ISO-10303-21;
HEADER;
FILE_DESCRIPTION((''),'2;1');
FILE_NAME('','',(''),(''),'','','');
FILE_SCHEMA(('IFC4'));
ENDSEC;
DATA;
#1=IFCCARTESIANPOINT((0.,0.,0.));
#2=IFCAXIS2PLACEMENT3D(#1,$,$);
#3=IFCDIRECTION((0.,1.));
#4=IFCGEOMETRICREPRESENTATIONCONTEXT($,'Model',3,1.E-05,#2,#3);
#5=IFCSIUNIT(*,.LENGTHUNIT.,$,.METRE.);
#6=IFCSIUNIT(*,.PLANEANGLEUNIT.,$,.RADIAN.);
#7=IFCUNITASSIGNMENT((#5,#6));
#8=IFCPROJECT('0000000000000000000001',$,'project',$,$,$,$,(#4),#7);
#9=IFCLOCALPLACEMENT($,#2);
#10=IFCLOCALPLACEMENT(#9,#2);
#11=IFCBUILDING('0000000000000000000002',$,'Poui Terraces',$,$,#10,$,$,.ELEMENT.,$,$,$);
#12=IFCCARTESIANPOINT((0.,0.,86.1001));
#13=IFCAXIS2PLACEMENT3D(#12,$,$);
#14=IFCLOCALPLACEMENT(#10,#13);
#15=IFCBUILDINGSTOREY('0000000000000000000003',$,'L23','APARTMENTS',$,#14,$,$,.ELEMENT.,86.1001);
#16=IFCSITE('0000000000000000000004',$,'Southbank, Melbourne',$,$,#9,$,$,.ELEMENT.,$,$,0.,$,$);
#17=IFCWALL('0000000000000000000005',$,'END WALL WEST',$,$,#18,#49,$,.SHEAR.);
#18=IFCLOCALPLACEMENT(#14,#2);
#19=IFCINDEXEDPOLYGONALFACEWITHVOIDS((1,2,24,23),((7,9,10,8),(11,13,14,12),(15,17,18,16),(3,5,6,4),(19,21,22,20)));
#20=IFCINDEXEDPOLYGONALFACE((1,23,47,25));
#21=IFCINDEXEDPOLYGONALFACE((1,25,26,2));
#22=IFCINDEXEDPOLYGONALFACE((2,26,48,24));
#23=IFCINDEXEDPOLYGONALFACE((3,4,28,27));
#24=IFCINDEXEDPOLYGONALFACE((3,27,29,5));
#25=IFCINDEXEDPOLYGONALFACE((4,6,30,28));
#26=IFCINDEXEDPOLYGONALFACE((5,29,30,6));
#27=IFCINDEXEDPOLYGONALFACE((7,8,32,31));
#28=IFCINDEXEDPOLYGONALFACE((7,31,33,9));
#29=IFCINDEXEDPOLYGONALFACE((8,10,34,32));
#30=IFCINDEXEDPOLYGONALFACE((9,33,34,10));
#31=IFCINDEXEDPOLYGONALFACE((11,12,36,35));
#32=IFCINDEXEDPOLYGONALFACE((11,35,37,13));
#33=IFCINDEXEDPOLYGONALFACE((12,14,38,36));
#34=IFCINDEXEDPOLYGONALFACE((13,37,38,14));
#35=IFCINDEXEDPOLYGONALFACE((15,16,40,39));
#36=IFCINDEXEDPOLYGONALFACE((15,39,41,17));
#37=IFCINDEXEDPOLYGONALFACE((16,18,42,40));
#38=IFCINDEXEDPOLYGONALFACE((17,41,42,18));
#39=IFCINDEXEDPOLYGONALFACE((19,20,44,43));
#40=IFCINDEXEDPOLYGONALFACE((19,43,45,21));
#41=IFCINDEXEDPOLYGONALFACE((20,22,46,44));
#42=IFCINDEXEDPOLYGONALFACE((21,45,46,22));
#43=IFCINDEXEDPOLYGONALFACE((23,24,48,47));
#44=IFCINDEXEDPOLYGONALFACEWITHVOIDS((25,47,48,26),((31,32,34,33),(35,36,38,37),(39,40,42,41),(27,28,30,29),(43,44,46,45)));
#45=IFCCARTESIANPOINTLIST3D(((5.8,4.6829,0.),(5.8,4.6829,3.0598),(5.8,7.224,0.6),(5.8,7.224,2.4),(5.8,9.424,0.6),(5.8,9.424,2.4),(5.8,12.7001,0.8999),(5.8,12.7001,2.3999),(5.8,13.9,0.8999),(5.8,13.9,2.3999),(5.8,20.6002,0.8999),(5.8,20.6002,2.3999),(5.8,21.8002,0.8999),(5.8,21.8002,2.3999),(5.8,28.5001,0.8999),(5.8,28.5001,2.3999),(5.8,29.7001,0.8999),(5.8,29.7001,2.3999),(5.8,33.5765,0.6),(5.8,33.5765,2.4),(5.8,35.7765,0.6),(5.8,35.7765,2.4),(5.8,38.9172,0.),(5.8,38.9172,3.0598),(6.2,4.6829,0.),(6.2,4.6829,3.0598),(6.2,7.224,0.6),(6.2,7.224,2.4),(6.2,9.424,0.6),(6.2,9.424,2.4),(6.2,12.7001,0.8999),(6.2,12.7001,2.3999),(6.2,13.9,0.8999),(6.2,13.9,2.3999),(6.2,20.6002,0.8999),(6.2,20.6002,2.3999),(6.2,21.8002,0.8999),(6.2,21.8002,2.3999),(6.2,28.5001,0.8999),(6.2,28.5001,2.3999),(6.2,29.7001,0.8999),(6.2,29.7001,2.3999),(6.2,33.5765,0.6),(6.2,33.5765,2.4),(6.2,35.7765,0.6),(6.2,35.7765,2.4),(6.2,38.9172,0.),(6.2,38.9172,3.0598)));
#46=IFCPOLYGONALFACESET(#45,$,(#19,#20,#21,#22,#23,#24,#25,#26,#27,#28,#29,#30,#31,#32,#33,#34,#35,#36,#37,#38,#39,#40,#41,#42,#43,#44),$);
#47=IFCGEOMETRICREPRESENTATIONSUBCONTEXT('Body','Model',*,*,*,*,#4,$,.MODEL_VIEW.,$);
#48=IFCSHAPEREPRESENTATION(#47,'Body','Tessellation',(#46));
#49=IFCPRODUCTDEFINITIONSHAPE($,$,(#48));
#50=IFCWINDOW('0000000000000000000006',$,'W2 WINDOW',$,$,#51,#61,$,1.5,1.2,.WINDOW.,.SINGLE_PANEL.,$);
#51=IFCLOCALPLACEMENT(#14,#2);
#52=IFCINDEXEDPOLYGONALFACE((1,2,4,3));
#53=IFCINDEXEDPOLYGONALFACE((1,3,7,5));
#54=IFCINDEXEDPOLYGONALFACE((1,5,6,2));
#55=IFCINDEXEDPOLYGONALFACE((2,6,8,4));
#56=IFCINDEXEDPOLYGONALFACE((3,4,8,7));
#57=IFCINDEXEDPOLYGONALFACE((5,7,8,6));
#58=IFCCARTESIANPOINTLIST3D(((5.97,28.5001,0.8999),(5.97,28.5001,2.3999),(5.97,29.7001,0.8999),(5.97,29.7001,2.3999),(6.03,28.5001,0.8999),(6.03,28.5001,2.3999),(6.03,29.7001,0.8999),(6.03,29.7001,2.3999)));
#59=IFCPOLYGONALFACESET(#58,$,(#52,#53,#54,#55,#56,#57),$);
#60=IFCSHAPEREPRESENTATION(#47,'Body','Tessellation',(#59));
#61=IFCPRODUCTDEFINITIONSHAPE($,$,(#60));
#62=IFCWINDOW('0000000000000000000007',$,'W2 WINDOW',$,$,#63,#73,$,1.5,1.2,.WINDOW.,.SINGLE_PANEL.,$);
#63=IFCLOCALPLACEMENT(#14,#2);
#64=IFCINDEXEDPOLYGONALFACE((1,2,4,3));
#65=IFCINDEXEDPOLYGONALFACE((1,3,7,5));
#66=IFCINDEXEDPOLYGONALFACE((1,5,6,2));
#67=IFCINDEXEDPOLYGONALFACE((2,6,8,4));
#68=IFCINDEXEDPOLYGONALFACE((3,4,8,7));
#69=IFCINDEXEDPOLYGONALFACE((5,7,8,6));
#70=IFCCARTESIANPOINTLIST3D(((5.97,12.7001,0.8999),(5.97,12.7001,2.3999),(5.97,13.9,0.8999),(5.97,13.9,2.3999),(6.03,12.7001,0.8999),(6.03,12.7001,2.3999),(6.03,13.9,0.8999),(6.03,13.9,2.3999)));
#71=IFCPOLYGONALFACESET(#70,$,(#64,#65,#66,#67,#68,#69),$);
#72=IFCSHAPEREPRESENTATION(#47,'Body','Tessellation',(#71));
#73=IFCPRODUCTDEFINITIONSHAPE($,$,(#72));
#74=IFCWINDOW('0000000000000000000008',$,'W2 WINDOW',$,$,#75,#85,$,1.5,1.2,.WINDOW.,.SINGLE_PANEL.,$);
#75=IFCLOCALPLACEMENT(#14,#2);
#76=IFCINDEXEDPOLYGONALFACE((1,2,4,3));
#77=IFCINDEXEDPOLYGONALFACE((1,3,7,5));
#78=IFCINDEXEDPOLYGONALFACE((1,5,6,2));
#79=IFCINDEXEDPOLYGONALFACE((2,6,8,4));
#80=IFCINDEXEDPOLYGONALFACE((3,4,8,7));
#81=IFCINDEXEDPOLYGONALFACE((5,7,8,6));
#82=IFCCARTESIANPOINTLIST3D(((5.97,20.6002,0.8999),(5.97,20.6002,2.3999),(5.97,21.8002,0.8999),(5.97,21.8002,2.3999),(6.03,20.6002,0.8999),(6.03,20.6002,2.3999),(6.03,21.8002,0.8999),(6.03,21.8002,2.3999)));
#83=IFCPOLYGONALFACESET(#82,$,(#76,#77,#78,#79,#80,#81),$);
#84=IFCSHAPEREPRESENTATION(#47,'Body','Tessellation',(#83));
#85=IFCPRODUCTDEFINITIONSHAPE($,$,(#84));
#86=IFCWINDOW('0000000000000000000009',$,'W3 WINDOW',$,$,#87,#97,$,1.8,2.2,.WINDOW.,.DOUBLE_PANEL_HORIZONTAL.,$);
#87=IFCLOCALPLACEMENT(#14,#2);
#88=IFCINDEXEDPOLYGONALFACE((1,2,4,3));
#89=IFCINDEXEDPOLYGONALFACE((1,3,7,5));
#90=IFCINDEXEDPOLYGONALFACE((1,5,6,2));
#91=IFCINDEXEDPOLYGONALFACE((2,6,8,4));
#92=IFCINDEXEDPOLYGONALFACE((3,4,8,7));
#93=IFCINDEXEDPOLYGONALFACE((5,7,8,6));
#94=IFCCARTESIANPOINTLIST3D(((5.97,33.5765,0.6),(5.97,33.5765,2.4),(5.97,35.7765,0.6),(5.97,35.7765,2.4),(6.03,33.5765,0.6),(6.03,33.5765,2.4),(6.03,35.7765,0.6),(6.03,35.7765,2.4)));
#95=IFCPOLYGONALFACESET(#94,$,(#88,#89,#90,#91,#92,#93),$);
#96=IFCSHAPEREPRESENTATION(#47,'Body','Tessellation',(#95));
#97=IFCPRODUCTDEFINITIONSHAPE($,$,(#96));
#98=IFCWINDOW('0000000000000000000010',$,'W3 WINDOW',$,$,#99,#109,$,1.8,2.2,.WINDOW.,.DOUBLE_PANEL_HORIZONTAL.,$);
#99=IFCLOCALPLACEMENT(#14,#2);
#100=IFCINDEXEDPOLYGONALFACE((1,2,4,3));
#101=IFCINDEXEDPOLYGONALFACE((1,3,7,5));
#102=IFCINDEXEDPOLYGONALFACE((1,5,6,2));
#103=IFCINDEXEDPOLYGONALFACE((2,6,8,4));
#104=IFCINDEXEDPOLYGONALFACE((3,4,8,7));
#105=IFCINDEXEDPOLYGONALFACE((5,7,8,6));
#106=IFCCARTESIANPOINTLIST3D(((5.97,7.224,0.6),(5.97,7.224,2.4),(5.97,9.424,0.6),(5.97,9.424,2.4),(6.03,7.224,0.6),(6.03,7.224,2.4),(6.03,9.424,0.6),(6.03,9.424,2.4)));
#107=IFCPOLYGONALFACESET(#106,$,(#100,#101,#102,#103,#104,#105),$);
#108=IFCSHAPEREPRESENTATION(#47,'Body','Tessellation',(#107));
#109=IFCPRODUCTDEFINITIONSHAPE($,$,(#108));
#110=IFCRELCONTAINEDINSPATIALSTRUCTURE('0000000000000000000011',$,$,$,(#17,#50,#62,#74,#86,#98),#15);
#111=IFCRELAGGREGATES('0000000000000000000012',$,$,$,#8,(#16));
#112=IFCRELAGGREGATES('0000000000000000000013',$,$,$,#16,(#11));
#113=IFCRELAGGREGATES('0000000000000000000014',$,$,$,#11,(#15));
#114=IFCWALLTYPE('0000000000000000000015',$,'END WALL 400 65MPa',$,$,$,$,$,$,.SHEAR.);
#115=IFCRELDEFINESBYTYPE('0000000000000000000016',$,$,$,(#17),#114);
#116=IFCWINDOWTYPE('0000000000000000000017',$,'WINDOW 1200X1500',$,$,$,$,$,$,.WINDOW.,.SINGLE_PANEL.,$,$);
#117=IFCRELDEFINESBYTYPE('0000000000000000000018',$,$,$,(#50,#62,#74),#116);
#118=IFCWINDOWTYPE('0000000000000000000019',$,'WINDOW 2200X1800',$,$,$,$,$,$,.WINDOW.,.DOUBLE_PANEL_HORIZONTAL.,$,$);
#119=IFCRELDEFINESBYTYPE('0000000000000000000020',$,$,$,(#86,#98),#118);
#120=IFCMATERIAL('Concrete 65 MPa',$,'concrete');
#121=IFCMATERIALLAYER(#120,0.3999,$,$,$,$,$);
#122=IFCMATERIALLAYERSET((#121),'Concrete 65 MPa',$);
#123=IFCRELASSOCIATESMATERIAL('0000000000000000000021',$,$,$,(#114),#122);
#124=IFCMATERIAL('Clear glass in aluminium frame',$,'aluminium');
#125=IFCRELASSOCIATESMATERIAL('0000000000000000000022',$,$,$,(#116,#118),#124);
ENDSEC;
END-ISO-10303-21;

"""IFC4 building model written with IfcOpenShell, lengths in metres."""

from ifc_helpers import new_model, si_unit, direction, frame, frame_2d, origin, place, context, subcontext, project, spatial, rectangle, extrude, material, layer, layer_set, type_object, element, fill, save


model = new_model("IFC4")

# Units and contexts
model_context = context("Model", 3, precision=1e-05, world=origin(), true_north=direction((0.0, 1.0)))
body_context = subcontext(model_context, "Body", "Model", "MODEL_VIEW")
ifc_project = project(units=[si_unit("LENGTHUNIT", "METRE"), si_unit("PLANEANGLEUNIT", "RADIAN")], contexts=[model_context])

# Site, building, storey
site_placement = place(None, origin())
site = spatial("IfcSite", under=ifc_project, at=site_placement, Name="Southbank, Melbourne", CompositionType="ELEMENT", RefElevation=0.0)
building_placement = place(site_placement, origin())
building = spatial("IfcBuilding", under=site, at=building_placement, Name="Poui Terraces", CompositionType="ELEMENT")
storey_placement = place(building_placement, frame((0.0, 0.0, 86.1001)))
storey = spatial("IfcBuildingStorey", under=building, at=storey_placement, Name="L23", Description="APARTMENTS", CompositionType="ELEMENT", Elevation=86.1001)

# Shared definitions
ifc_material_1 = material(Name="Concrete 65 MPa", Category="concrete")

# Wall, openings, windows
ifc_layer_1 = layer(ifc_material_1, 0.3999)
ifc_layer_set_1 = layer_set([ifc_layer_1], Name="Concrete 65 MPa")
wall_type_1 = type_object("IfcWallType", Name="END WALL 400 65MPa", PredefinedType="SHEAR", material=ifc_layer_set_1)
wall_1_placement = place(storey_placement, frame((6.0, 4.6829, 0.0), z_axis=(0.0, 0.0, 1.0), x_axis=(0.0, 1.0, 0.0)))
wall_1 = element("IfcWall", 1, at=wall_1_placement, inside=storey, type_object=wall_type_1, Name="END WALL WEST", PredefinedType="SHEAR", context=body_context, shape_type="SweptSolid", body=[
    extrude(rectangle(XDim=34.2344, YDim=0.3999, at=frame_2d((17.1172, 0.0))), origin(), (0.0, 0.0, 1.0), 3.0598),
])
opening_1_placement = place(wall_1_placement, frame((23.8171, 0.0, 0.8999)))
opening_1 = element("IfcOpeningElement", 2, at=opening_1_placement, cuts=wall_1, PredefinedType="OPENING", context=body_context, shape_type="SweptSolid", body=[
    extrude(rectangle(XDim=1.2, YDim=1.5, at=frame_2d((0.6001, 0.75))), frame((0.0, 0.21, 0.0), z_axis=(0.0, -1.0, 0.0), x_axis=(1.0, 0.0, 0.0)), (0.0, 0.0, 1.0), 0.4199),
])
opening_2_placement = place(wall_1_placement, frame((8.0171, 0.0, 0.8999)))
opening_2 = element("IfcOpeningElement", 3, at=opening_2_placement, cuts=wall_1, PredefinedType="OPENING", context=body_context, shape_type="SweptSolid", body=[
    extrude(rectangle(XDim=1.2, YDim=1.5, at=frame_2d((0.6001, 0.75))), frame((0.0, 0.21, 0.0), z_axis=(0.0, -1.0, 0.0), x_axis=(1.0, 0.0, 0.0)), (0.0, 0.0, 1.0), 0.4199),
])
opening_3_placement = place(wall_1_placement, frame((15.9172, 0.0, 0.8999)))
opening_3 = element("IfcOpeningElement", 4, at=opening_3_placement, cuts=wall_1, PredefinedType="OPENING", context=body_context, shape_type="SweptSolid", body=[
    extrude(rectangle(XDim=1.2, YDim=1.5, at=frame_2d((0.6001, 0.75))), frame((0.0, 0.21, 0.0), z_axis=(0.0, -1.0, 0.0), x_axis=(1.0, 0.0, 0.0)), (0.0, 0.0, 1.0), 0.4199),
])
opening_4_placement = place(wall_1_placement, frame((28.8936, 0.0, 0.6001)))
opening_4 = element("IfcOpeningElement", 5, at=opening_4_placement, cuts=wall_1, PredefinedType="OPENING", context=body_context, shape_type="SweptSolid", body=[
    extrude(rectangle(XDim=2.2, YDim=1.8, at=frame_2d((1.1001, 0.8999))), frame((0.0, 0.21, 0.0), z_axis=(0.0, -1.0, 0.0), x_axis=(1.0, 0.0, 0.0)), (0.0, 0.0, 1.0), 0.4199),
])
opening_5_placement = place(wall_1_placement, frame((2.541, 0.0, 0.6001)))
opening_5 = element("IfcOpeningElement", 6, at=opening_5_placement, cuts=wall_1, PredefinedType="OPENING", context=body_context, shape_type="SweptSolid", body=[
    extrude(rectangle(XDim=2.2, YDim=1.8, at=frame_2d((1.1001, 0.8999))), frame((0.0, 0.21, 0.0), z_axis=(0.0, -1.0, 0.0), x_axis=(1.0, 0.0, 0.0)), (0.0, 0.0, 1.0), 0.4199),
])
ifc_material_2 = material(Name="Clear glass in aluminium frame", Category="aluminium")
window_type_1 = type_object("IfcWindowType", Name="WINDOW 1200X1500", PartitioningType="SINGLE_PANEL", PredefinedType="WINDOW", material=ifc_material_2)
window_1_placement = place(opening_1_placement, origin())
window_1 = element("IfcWindow", 7, at=window_1_placement, inside=storey, type_object=window_type_1, Name="W2 WINDOW", OverallHeight=1.5, OverallWidth=1.2, PartitioningType="SINGLE_PANEL", PredefinedType="WINDOW", context=body_context, shape_type="SweptSolid", body=[
    extrude(rectangle(XDim=1.2, YDim=1.5, at=frame_2d((0.6001, 0.75))), frame((0.0, 0.03, 0.0), z_axis=(0.0, -1.0, 0.0), x_axis=(1.0, 0.0, 0.0)), (0.0, 0.0, 1.0), 0.0601),
])
fill(opening_1, window_1)
window_2_placement = place(opening_2_placement, origin())
window_2 = element("IfcWindow", 8, at=window_2_placement, inside=storey, type_object=window_type_1, Name="W2 WINDOW", OverallHeight=1.5, OverallWidth=1.2, PartitioningType="SINGLE_PANEL", PredefinedType="WINDOW", context=body_context, shape_type="SweptSolid", body=[
    extrude(rectangle(XDim=1.2, YDim=1.5, at=frame_2d((0.6001, 0.75))), frame((0.0, 0.03, 0.0), z_axis=(0.0, -1.0, 0.0), x_axis=(1.0, 0.0, 0.0)), (0.0, 0.0, 1.0), 0.0601),
])
fill(opening_2, window_2)
window_3_placement = place(opening_3_placement, origin())
window_3 = element("IfcWindow", 9, at=window_3_placement, inside=storey, type_object=window_type_1, Name="W2 WINDOW", OverallHeight=1.5, OverallWidth=1.2, PartitioningType="SINGLE_PANEL", PredefinedType="WINDOW", context=body_context, shape_type="SweptSolid", body=[
    extrude(rectangle(XDim=1.2, YDim=1.5, at=frame_2d((0.6001, 0.75))), frame((0.0, 0.03, 0.0), z_axis=(0.0, -1.0, 0.0), x_axis=(1.0, 0.0, 0.0)), (0.0, 0.0, 1.0), 0.0601),
])
fill(opening_3, window_3)
window_type_2 = type_object("IfcWindowType", Name="WINDOW 2200X1800", PartitioningType="DOUBLE_PANEL_HORIZONTAL", PredefinedType="WINDOW", material=ifc_material_2)
window_4_placement = place(opening_4_placement, origin())
window_4 = element("IfcWindow", 10, at=window_4_placement, inside=storey, type_object=window_type_2, Name="W3 WINDOW", OverallHeight=1.8, OverallWidth=2.2, PartitioningType="DOUBLE_PANEL_HORIZONTAL", PredefinedType="WINDOW", context=body_context, shape_type="SweptSolid", body=[
    extrude(rectangle(XDim=2.2, YDim=1.8, at=frame_2d((1.1001, 0.8999))), frame((0.0, 0.03, 0.0), z_axis=(0.0, -1.0, 0.0), x_axis=(1.0, 0.0, 0.0)), (0.0, 0.0, 1.0), 0.0601),
])
fill(opening_4, window_4)
window_5_placement = place(opening_5_placement, origin())
window_5 = element("IfcWindow", 11, at=window_5_placement, inside=storey, type_object=window_type_2, Name="W3 WINDOW", OverallHeight=1.8, OverallWidth=2.2, PartitioningType="DOUBLE_PANEL_HORIZONTAL", PredefinedType="WINDOW", context=body_context, shape_type="SweptSolid", body=[
    extrude(rectangle(XDim=2.2, YDim=1.8, at=frame_2d((1.1001, 0.8999))), frame((0.0, 0.03, 0.0), z_axis=(0.0, -1.0, 0.0), x_axis=(1.0, 0.0, 0.0)), (0.0, 0.0, 1.0), 0.0601),
])
fill(opening_5, window_5)

save(model, "model.ifc")
